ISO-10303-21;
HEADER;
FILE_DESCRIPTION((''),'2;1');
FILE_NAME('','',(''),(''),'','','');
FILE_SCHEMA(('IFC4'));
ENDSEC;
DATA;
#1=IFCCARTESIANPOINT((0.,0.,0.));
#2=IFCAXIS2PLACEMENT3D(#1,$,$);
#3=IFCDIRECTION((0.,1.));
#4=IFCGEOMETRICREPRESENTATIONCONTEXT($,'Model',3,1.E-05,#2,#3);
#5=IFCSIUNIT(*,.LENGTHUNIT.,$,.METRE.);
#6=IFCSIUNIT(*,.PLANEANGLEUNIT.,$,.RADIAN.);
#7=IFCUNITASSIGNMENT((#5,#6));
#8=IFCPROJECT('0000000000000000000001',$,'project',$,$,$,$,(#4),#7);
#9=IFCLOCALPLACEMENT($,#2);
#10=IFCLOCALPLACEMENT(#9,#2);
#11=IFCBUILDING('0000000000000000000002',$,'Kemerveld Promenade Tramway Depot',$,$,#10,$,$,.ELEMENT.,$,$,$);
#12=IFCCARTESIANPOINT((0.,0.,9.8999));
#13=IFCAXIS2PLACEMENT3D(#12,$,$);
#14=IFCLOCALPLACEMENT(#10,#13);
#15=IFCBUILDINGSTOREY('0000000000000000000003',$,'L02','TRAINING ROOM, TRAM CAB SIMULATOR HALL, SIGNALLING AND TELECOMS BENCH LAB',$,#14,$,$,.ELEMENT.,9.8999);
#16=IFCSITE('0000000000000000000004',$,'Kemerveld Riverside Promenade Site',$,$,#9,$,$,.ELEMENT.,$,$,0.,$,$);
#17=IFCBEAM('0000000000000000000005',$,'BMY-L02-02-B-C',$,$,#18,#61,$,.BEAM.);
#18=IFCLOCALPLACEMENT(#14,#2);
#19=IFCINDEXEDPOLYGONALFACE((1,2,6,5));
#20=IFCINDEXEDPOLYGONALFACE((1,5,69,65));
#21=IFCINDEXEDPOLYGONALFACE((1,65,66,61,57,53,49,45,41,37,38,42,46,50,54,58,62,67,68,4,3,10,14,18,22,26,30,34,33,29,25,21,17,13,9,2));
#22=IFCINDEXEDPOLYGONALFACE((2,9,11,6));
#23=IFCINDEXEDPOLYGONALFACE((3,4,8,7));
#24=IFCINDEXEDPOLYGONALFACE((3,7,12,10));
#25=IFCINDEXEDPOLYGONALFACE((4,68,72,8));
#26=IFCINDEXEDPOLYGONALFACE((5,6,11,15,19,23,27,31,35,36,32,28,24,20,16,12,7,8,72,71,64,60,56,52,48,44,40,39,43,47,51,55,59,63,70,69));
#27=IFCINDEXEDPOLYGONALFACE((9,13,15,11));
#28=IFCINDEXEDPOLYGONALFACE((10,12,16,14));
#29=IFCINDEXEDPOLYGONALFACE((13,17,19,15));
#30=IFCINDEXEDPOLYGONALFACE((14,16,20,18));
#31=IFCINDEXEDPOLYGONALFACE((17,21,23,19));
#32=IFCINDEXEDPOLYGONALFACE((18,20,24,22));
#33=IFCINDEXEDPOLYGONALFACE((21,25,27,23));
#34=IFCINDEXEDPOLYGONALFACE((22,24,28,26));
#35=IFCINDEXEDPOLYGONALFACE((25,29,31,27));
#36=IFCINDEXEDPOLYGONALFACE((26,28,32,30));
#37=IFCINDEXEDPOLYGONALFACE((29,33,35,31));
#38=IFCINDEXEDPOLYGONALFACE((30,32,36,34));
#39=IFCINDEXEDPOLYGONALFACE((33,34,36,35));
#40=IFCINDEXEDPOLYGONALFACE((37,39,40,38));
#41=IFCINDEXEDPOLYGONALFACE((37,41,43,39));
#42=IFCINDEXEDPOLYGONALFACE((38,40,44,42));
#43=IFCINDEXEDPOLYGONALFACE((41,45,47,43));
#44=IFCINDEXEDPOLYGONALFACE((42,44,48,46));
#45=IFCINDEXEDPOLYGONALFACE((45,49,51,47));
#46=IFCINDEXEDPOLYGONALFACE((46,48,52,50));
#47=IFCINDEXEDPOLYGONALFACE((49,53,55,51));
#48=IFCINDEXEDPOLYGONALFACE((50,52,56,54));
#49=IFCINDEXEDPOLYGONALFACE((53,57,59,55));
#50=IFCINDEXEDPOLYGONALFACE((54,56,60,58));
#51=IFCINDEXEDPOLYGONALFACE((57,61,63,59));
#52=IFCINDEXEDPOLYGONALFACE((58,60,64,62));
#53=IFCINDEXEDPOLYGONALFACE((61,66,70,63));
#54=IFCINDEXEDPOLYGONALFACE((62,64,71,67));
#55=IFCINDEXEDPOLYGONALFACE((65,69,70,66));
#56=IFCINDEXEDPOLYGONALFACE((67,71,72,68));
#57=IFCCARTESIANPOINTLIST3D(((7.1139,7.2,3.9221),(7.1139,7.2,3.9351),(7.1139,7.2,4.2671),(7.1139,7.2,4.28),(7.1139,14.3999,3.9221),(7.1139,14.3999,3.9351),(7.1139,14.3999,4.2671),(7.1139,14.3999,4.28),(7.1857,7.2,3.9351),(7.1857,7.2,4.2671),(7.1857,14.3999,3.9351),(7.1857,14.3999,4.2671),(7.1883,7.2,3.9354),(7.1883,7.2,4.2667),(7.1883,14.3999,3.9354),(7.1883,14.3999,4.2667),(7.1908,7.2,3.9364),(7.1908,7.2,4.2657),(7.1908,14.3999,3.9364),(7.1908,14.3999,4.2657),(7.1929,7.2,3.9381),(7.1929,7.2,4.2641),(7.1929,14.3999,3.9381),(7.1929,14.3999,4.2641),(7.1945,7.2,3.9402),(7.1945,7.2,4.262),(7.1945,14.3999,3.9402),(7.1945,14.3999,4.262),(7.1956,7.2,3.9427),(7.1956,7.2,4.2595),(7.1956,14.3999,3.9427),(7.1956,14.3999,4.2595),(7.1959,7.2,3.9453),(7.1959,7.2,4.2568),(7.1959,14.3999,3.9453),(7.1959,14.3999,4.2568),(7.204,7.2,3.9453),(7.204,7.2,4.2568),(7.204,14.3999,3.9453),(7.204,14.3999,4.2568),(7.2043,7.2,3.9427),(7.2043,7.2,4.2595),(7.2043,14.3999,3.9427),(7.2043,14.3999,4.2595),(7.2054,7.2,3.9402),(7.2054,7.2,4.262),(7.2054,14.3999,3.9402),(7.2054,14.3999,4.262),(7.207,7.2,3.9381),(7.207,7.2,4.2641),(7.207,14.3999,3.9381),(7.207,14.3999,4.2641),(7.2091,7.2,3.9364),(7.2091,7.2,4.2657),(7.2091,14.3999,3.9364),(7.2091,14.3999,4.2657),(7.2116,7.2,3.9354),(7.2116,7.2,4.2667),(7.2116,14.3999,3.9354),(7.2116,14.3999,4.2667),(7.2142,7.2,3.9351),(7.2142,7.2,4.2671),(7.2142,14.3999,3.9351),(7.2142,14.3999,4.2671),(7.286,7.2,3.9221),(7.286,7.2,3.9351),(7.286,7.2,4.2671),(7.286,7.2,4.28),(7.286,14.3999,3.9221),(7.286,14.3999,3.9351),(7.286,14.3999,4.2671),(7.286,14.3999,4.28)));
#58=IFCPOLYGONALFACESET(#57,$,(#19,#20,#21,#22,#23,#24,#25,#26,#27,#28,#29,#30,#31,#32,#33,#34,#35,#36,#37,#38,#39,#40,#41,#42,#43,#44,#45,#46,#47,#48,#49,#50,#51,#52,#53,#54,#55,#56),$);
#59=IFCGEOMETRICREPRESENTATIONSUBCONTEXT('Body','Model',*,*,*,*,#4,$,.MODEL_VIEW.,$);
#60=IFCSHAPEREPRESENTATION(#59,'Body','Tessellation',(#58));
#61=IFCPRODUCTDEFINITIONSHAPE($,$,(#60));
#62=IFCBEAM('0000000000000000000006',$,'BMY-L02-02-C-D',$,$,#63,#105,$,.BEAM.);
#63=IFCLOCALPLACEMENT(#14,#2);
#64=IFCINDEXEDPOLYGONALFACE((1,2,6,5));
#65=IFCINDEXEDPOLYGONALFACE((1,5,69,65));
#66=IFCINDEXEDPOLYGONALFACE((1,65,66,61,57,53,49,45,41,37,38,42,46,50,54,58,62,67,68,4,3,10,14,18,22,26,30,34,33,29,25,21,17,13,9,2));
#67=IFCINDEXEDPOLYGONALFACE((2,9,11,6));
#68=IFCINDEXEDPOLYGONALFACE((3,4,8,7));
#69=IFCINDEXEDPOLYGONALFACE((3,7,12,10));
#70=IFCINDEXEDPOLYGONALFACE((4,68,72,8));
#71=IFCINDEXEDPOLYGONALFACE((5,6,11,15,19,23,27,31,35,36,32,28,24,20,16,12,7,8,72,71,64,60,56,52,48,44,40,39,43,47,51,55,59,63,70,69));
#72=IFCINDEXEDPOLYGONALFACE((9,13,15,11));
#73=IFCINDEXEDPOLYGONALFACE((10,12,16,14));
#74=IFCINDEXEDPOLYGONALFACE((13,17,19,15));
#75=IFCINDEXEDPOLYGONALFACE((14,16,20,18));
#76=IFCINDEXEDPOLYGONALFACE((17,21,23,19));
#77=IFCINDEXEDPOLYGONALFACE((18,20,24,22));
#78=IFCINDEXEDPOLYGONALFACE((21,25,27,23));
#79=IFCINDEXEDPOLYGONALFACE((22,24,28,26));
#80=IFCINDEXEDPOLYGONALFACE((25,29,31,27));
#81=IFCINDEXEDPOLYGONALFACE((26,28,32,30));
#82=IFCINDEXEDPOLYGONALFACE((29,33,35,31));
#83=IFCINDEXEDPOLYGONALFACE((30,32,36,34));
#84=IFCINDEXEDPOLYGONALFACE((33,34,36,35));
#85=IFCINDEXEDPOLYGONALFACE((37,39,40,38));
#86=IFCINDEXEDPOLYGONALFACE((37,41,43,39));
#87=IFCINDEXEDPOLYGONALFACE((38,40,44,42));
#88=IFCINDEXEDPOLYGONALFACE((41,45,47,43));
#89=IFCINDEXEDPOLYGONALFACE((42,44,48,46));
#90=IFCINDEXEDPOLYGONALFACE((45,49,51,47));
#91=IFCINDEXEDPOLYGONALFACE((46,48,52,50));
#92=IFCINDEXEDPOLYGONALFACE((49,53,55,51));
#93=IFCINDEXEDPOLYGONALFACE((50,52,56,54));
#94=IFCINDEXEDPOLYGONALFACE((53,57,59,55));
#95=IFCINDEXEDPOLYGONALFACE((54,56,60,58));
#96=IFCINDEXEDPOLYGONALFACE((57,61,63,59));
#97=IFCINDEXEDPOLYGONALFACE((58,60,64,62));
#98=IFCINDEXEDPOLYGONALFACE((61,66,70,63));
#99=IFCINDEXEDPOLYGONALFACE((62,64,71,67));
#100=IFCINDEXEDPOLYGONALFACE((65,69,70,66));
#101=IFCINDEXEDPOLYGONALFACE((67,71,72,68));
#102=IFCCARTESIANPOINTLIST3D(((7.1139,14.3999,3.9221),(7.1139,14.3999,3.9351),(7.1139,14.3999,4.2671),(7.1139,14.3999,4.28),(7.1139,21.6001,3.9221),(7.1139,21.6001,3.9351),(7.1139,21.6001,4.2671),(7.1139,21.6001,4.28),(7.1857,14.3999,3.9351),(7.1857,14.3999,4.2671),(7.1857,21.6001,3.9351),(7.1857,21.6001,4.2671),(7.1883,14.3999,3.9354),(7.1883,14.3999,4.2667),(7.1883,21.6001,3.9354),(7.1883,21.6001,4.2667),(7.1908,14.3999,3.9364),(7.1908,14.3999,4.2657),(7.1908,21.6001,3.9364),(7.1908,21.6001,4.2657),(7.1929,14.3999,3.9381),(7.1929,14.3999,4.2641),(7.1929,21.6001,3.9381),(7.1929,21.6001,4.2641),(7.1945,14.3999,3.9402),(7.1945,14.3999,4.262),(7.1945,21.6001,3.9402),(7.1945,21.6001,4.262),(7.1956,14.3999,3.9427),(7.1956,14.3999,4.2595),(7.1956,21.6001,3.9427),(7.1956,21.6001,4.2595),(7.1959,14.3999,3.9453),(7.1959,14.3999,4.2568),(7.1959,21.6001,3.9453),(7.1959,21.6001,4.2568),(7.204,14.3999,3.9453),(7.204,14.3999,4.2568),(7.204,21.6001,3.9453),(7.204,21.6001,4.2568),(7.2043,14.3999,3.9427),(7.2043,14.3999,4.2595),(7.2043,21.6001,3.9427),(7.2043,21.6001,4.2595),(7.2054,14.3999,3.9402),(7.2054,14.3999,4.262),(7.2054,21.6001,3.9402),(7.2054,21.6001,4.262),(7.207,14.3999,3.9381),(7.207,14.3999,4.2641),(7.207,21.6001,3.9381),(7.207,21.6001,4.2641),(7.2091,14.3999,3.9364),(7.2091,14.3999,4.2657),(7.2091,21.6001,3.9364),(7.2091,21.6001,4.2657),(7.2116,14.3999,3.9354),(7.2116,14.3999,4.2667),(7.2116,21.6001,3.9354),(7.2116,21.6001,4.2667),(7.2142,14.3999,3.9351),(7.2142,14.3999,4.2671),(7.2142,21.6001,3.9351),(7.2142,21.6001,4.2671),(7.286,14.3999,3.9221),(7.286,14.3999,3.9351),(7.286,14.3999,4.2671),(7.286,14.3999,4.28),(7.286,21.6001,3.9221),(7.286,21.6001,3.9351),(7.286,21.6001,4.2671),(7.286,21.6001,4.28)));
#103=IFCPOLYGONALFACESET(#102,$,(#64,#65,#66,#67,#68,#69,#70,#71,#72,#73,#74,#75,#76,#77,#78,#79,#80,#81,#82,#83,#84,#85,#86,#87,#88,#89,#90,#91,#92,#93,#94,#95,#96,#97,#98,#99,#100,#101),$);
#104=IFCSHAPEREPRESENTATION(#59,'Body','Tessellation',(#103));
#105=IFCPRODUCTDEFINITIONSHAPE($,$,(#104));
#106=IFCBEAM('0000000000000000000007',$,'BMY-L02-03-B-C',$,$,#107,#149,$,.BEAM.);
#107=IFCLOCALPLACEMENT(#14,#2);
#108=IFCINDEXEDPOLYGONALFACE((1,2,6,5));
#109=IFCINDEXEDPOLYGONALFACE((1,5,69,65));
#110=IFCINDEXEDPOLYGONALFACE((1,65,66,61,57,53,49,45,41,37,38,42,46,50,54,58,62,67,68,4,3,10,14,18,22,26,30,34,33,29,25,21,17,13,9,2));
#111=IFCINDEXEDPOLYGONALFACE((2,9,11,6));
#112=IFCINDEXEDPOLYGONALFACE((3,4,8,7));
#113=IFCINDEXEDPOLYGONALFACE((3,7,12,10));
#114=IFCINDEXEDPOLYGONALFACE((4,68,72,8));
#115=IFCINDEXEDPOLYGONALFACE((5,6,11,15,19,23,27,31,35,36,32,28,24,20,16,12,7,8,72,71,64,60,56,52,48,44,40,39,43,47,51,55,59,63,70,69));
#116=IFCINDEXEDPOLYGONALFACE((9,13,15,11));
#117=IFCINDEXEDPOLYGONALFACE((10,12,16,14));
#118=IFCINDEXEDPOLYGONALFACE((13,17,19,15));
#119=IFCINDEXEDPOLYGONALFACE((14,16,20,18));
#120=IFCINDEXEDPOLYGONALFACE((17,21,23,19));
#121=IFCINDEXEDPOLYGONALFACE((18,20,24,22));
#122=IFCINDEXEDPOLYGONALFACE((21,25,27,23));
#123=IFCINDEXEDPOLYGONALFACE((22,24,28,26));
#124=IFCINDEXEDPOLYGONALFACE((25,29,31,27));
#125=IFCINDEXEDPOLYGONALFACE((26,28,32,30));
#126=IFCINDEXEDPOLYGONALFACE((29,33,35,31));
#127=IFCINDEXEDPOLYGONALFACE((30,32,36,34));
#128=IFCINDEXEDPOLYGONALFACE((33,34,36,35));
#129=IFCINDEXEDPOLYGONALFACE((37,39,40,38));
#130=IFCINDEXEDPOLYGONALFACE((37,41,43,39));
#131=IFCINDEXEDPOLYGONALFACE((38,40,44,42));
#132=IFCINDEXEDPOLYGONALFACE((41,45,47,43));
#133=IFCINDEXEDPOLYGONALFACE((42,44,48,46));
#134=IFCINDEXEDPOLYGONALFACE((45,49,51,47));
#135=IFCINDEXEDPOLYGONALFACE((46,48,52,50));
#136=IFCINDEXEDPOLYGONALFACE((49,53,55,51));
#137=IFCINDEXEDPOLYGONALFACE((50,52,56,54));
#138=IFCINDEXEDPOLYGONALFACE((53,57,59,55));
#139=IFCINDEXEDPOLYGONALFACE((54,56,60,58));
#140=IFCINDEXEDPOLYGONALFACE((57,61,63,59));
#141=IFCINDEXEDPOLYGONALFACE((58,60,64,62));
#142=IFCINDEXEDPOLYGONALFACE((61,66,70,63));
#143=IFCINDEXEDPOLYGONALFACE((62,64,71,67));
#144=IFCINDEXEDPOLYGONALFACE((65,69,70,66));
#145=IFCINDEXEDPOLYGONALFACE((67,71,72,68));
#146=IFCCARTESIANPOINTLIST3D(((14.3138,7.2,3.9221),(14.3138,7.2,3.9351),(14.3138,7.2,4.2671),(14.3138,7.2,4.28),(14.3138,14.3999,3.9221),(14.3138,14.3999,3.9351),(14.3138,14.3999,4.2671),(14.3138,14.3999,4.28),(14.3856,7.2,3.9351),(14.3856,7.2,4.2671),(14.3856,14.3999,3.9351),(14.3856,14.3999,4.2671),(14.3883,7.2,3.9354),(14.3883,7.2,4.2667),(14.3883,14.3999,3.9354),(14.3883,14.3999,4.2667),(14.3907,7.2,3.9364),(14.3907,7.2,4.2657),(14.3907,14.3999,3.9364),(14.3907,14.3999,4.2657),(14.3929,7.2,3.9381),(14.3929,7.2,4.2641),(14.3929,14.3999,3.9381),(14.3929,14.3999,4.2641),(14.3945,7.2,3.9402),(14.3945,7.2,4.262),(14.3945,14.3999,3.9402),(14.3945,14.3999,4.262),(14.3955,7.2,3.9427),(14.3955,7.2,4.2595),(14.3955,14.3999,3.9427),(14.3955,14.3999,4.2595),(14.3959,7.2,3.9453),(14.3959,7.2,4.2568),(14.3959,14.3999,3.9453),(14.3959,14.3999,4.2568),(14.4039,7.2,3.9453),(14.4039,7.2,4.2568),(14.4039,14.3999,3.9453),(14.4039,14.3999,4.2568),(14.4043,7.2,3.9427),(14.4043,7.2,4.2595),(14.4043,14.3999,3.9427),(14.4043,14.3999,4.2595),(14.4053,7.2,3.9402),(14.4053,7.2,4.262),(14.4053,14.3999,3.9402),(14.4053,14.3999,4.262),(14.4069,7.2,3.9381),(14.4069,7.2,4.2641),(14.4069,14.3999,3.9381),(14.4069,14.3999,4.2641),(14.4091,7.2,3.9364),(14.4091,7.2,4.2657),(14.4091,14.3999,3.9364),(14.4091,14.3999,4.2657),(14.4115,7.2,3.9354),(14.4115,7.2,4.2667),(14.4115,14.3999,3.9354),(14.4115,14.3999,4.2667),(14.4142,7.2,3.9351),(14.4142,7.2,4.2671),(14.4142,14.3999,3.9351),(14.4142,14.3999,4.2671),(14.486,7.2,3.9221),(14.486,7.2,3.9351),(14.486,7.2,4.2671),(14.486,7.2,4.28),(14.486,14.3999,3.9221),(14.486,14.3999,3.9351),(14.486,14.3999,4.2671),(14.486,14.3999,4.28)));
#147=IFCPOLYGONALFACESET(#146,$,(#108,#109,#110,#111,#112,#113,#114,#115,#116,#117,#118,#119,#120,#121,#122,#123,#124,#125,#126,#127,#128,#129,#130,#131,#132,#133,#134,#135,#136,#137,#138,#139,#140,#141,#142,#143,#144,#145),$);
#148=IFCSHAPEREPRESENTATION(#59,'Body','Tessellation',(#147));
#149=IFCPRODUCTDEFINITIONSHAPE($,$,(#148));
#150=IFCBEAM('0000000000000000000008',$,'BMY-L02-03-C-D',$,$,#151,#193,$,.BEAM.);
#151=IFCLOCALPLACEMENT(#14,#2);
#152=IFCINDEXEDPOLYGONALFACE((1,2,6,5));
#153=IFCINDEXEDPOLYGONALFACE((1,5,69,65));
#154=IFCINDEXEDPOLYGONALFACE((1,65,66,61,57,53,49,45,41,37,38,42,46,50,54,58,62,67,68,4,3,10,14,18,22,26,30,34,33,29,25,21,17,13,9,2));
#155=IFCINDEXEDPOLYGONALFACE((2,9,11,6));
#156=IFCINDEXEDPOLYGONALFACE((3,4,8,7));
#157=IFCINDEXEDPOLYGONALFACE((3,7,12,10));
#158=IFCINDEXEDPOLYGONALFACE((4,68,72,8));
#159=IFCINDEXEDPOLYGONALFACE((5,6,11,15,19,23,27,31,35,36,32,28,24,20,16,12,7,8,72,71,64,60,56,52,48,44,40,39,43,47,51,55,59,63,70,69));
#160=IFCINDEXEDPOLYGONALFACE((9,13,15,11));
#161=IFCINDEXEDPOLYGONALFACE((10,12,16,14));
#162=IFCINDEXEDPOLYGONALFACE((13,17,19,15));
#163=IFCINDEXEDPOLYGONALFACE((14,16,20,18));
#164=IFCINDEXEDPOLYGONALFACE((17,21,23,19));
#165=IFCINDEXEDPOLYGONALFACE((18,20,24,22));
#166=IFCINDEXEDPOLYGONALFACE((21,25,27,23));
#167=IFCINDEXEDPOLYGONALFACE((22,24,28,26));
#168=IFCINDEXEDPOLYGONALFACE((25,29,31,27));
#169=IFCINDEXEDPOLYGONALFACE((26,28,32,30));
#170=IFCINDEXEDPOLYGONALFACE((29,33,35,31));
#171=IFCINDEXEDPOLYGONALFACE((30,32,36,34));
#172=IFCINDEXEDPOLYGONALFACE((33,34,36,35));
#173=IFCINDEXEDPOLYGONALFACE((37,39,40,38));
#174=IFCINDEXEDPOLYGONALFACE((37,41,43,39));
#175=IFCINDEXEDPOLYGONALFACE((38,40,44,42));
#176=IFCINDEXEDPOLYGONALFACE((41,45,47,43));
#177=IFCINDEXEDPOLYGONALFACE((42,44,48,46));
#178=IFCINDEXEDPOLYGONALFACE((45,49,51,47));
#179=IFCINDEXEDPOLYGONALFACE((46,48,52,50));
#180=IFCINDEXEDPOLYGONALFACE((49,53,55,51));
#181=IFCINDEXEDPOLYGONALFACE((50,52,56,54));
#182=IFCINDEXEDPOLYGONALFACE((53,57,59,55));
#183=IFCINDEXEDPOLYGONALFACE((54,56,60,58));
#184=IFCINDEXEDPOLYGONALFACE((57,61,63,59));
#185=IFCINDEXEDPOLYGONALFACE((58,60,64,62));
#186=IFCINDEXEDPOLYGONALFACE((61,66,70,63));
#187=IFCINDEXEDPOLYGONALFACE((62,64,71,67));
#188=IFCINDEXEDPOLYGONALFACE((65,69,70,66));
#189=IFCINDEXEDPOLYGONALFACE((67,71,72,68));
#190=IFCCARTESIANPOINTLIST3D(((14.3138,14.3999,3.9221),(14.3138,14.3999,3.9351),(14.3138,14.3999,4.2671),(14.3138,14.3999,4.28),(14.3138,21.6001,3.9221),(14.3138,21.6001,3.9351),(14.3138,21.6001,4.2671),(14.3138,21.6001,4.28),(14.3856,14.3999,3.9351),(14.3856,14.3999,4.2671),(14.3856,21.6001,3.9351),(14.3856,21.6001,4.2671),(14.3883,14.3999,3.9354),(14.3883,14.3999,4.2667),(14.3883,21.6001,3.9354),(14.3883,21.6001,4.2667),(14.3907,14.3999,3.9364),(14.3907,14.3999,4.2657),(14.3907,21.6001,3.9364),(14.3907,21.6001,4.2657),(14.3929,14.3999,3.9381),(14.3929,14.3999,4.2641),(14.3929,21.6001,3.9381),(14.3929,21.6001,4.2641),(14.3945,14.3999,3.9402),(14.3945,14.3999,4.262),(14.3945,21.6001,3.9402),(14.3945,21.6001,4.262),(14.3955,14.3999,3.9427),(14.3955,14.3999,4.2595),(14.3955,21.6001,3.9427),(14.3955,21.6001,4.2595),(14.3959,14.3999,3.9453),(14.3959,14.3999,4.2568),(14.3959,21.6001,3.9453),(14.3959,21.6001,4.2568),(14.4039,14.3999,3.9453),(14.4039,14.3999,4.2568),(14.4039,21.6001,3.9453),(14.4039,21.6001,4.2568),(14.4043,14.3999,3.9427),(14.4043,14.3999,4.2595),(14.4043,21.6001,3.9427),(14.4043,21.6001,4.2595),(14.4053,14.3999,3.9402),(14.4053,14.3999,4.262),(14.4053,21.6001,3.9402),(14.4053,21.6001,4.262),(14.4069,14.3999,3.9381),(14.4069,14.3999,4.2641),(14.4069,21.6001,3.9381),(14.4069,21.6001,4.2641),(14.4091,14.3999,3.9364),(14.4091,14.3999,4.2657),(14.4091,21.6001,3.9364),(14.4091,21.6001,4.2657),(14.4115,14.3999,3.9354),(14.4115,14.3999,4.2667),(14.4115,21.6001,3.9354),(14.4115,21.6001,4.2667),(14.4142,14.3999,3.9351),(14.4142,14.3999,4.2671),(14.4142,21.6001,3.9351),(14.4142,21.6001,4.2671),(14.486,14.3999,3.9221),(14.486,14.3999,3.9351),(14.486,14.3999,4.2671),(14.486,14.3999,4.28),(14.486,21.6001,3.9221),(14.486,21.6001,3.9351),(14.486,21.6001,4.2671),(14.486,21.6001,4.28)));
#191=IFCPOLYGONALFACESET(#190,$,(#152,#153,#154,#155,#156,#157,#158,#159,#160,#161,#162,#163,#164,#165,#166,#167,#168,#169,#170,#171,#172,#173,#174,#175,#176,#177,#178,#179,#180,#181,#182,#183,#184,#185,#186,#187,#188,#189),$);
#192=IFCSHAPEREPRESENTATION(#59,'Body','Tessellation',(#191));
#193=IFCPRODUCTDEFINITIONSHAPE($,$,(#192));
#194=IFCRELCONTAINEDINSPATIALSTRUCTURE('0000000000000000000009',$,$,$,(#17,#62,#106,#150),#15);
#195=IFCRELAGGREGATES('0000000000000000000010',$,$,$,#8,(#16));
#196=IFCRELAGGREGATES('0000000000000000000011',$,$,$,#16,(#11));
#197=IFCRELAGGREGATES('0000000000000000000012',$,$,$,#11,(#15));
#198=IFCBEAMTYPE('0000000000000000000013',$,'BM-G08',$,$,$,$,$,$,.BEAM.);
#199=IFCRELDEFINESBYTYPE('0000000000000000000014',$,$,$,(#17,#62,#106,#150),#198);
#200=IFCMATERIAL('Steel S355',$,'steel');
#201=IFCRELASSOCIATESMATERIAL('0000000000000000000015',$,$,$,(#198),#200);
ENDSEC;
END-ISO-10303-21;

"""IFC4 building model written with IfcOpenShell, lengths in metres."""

from ifc_helpers import new_model, si_unit, direction, frame, origin, origin_2d, place, context, subcontext, project, spatial, i_section, extrude, material, material_profile, profile_set, type_object, element, save


model = new_model("IFC4")

# Units and contexts
model_context = context("Model", 3, precision=1e-05, world=origin(), true_north=direction((0.0, 1.0)))
body_context = subcontext(model_context, "Body", "Model", "MODEL_VIEW")
ifc_project = project(units=[si_unit("LENGTHUNIT", "METRE"), si_unit("PLANEANGLEUNIT", "RADIAN")], contexts=[model_context])

# Site, building, storey
site_placement = place(None, origin())
site = spatial("IfcSite", under=ifc_project, at=site_placement, Name="Kemerveld Riverside Promenade Site", CompositionType="ELEMENT", RefElevation=0.0)
building_placement = place(site_placement, origin())
building = spatial("IfcBuilding", under=site, at=building_placement, Name="Kemerveld Promenade Tramway Depot", CompositionType="ELEMENT")
storey_placement = place(building_placement, frame((0.0, 0.0, 9.8999)))
storey = spatial("IfcBuildingStorey", under=building, at=storey_placement, Name="L02", Description="TRAINING ROOM, TRAM CAB SIMULATOR HALL, SIGNALLING AND TELECOMS BENCH LAB", CompositionType="ELEMENT", Elevation=9.8999)

# Shared definitions
ifc_material_1 = material(Name="Steel S355", Category="steel")

# Beams
ifc_material_profile_1 = material_profile(ifc_material_1, i_section(OverallWidth=0.1721, OverallDepth=0.3579, WebThickness=0.0081, FlangeThickness=0.0129, FilletRadius=0.0103, at=origin_2d()), Name="356x171x57 UB")
ifc_profile_set_1 = profile_set([ifc_material_profile_1], Name="Steel S355")
beam_type_1 = type_object("IfcBeamType", Name="BM-G08", PredefinedType="BEAM", material=ifc_profile_set_1)
beam_1_placement = place(storey_placement, frame((7.2, 7.2, 4.1011), z_axis=(0.0, 1.0, 0.0), x_axis=(-1.0, 0.0, 0.0)))
element("IfcBeam", 1, at=beam_1_placement, inside=storey, type_object=beam_type_1, Name="BMY-L02-02-B-C", PredefinedType="BEAM", context=body_context, shape_type="SweptSolid", body=[
    extrude(i_section(OverallWidth=0.1721, OverallDepth=0.3579, WebThickness=0.0081, FlangeThickness=0.0129, FilletRadius=0.0103, at=origin_2d()), origin(), (0.0, 0.0, 1.0), 7.2),
])
beam_2_placement = place(storey_placement, frame((7.2, 14.3999, 4.1011), z_axis=(0.0, 1.0, 0.0), x_axis=(-1.0, 0.0, 0.0)))
element("IfcBeam", 2, at=beam_2_placement, inside=storey, type_object=beam_type_1, Name="BMY-L02-02-C-D", PredefinedType="BEAM", context=body_context, shape_type="SweptSolid", body=[
    extrude(i_section(OverallWidth=0.1721, OverallDepth=0.3579, WebThickness=0.0081, FlangeThickness=0.0129, FilletRadius=0.0103, at=origin_2d()), origin(), (0.0, 0.0, 1.0), 7.2002),
])
beam_3_placement = place(storey_placement, frame((14.3999, 7.2, 4.1011), z_axis=(0.0, 1.0, 0.0), x_axis=(-1.0, 0.0, 0.0)))
element("IfcBeam", 3, at=beam_3_placement, inside=storey, type_object=beam_type_1, Name="BMY-L02-03-B-C", PredefinedType="BEAM", context=body_context, shape_type="SweptSolid", body=[
    extrude(i_section(OverallWidth=0.1721, OverallDepth=0.3579, WebThickness=0.0081, FlangeThickness=0.0129, FilletRadius=0.0103, at=origin_2d()), origin(), (0.0, 0.0, 1.0), 7.2),
])
beam_4_placement = place(storey_placement, frame((14.3999, 14.3999, 4.1011), z_axis=(0.0, 1.0, 0.0), x_axis=(-1.0, 0.0, 0.0)))
element("IfcBeam", 4, at=beam_4_placement, inside=storey, type_object=beam_type_1, Name="BMY-L02-03-C-D", PredefinedType="BEAM", context=body_context, shape_type="SweptSolid", body=[
    extrude(i_section(OverallWidth=0.1721, OverallDepth=0.3579, WebThickness=0.0081, FlangeThickness=0.0129, FilletRadius=0.0103, at=origin_2d()), origin(), (0.0, 0.0, 1.0), 7.2002),
])

save(model, "model.ifc")
